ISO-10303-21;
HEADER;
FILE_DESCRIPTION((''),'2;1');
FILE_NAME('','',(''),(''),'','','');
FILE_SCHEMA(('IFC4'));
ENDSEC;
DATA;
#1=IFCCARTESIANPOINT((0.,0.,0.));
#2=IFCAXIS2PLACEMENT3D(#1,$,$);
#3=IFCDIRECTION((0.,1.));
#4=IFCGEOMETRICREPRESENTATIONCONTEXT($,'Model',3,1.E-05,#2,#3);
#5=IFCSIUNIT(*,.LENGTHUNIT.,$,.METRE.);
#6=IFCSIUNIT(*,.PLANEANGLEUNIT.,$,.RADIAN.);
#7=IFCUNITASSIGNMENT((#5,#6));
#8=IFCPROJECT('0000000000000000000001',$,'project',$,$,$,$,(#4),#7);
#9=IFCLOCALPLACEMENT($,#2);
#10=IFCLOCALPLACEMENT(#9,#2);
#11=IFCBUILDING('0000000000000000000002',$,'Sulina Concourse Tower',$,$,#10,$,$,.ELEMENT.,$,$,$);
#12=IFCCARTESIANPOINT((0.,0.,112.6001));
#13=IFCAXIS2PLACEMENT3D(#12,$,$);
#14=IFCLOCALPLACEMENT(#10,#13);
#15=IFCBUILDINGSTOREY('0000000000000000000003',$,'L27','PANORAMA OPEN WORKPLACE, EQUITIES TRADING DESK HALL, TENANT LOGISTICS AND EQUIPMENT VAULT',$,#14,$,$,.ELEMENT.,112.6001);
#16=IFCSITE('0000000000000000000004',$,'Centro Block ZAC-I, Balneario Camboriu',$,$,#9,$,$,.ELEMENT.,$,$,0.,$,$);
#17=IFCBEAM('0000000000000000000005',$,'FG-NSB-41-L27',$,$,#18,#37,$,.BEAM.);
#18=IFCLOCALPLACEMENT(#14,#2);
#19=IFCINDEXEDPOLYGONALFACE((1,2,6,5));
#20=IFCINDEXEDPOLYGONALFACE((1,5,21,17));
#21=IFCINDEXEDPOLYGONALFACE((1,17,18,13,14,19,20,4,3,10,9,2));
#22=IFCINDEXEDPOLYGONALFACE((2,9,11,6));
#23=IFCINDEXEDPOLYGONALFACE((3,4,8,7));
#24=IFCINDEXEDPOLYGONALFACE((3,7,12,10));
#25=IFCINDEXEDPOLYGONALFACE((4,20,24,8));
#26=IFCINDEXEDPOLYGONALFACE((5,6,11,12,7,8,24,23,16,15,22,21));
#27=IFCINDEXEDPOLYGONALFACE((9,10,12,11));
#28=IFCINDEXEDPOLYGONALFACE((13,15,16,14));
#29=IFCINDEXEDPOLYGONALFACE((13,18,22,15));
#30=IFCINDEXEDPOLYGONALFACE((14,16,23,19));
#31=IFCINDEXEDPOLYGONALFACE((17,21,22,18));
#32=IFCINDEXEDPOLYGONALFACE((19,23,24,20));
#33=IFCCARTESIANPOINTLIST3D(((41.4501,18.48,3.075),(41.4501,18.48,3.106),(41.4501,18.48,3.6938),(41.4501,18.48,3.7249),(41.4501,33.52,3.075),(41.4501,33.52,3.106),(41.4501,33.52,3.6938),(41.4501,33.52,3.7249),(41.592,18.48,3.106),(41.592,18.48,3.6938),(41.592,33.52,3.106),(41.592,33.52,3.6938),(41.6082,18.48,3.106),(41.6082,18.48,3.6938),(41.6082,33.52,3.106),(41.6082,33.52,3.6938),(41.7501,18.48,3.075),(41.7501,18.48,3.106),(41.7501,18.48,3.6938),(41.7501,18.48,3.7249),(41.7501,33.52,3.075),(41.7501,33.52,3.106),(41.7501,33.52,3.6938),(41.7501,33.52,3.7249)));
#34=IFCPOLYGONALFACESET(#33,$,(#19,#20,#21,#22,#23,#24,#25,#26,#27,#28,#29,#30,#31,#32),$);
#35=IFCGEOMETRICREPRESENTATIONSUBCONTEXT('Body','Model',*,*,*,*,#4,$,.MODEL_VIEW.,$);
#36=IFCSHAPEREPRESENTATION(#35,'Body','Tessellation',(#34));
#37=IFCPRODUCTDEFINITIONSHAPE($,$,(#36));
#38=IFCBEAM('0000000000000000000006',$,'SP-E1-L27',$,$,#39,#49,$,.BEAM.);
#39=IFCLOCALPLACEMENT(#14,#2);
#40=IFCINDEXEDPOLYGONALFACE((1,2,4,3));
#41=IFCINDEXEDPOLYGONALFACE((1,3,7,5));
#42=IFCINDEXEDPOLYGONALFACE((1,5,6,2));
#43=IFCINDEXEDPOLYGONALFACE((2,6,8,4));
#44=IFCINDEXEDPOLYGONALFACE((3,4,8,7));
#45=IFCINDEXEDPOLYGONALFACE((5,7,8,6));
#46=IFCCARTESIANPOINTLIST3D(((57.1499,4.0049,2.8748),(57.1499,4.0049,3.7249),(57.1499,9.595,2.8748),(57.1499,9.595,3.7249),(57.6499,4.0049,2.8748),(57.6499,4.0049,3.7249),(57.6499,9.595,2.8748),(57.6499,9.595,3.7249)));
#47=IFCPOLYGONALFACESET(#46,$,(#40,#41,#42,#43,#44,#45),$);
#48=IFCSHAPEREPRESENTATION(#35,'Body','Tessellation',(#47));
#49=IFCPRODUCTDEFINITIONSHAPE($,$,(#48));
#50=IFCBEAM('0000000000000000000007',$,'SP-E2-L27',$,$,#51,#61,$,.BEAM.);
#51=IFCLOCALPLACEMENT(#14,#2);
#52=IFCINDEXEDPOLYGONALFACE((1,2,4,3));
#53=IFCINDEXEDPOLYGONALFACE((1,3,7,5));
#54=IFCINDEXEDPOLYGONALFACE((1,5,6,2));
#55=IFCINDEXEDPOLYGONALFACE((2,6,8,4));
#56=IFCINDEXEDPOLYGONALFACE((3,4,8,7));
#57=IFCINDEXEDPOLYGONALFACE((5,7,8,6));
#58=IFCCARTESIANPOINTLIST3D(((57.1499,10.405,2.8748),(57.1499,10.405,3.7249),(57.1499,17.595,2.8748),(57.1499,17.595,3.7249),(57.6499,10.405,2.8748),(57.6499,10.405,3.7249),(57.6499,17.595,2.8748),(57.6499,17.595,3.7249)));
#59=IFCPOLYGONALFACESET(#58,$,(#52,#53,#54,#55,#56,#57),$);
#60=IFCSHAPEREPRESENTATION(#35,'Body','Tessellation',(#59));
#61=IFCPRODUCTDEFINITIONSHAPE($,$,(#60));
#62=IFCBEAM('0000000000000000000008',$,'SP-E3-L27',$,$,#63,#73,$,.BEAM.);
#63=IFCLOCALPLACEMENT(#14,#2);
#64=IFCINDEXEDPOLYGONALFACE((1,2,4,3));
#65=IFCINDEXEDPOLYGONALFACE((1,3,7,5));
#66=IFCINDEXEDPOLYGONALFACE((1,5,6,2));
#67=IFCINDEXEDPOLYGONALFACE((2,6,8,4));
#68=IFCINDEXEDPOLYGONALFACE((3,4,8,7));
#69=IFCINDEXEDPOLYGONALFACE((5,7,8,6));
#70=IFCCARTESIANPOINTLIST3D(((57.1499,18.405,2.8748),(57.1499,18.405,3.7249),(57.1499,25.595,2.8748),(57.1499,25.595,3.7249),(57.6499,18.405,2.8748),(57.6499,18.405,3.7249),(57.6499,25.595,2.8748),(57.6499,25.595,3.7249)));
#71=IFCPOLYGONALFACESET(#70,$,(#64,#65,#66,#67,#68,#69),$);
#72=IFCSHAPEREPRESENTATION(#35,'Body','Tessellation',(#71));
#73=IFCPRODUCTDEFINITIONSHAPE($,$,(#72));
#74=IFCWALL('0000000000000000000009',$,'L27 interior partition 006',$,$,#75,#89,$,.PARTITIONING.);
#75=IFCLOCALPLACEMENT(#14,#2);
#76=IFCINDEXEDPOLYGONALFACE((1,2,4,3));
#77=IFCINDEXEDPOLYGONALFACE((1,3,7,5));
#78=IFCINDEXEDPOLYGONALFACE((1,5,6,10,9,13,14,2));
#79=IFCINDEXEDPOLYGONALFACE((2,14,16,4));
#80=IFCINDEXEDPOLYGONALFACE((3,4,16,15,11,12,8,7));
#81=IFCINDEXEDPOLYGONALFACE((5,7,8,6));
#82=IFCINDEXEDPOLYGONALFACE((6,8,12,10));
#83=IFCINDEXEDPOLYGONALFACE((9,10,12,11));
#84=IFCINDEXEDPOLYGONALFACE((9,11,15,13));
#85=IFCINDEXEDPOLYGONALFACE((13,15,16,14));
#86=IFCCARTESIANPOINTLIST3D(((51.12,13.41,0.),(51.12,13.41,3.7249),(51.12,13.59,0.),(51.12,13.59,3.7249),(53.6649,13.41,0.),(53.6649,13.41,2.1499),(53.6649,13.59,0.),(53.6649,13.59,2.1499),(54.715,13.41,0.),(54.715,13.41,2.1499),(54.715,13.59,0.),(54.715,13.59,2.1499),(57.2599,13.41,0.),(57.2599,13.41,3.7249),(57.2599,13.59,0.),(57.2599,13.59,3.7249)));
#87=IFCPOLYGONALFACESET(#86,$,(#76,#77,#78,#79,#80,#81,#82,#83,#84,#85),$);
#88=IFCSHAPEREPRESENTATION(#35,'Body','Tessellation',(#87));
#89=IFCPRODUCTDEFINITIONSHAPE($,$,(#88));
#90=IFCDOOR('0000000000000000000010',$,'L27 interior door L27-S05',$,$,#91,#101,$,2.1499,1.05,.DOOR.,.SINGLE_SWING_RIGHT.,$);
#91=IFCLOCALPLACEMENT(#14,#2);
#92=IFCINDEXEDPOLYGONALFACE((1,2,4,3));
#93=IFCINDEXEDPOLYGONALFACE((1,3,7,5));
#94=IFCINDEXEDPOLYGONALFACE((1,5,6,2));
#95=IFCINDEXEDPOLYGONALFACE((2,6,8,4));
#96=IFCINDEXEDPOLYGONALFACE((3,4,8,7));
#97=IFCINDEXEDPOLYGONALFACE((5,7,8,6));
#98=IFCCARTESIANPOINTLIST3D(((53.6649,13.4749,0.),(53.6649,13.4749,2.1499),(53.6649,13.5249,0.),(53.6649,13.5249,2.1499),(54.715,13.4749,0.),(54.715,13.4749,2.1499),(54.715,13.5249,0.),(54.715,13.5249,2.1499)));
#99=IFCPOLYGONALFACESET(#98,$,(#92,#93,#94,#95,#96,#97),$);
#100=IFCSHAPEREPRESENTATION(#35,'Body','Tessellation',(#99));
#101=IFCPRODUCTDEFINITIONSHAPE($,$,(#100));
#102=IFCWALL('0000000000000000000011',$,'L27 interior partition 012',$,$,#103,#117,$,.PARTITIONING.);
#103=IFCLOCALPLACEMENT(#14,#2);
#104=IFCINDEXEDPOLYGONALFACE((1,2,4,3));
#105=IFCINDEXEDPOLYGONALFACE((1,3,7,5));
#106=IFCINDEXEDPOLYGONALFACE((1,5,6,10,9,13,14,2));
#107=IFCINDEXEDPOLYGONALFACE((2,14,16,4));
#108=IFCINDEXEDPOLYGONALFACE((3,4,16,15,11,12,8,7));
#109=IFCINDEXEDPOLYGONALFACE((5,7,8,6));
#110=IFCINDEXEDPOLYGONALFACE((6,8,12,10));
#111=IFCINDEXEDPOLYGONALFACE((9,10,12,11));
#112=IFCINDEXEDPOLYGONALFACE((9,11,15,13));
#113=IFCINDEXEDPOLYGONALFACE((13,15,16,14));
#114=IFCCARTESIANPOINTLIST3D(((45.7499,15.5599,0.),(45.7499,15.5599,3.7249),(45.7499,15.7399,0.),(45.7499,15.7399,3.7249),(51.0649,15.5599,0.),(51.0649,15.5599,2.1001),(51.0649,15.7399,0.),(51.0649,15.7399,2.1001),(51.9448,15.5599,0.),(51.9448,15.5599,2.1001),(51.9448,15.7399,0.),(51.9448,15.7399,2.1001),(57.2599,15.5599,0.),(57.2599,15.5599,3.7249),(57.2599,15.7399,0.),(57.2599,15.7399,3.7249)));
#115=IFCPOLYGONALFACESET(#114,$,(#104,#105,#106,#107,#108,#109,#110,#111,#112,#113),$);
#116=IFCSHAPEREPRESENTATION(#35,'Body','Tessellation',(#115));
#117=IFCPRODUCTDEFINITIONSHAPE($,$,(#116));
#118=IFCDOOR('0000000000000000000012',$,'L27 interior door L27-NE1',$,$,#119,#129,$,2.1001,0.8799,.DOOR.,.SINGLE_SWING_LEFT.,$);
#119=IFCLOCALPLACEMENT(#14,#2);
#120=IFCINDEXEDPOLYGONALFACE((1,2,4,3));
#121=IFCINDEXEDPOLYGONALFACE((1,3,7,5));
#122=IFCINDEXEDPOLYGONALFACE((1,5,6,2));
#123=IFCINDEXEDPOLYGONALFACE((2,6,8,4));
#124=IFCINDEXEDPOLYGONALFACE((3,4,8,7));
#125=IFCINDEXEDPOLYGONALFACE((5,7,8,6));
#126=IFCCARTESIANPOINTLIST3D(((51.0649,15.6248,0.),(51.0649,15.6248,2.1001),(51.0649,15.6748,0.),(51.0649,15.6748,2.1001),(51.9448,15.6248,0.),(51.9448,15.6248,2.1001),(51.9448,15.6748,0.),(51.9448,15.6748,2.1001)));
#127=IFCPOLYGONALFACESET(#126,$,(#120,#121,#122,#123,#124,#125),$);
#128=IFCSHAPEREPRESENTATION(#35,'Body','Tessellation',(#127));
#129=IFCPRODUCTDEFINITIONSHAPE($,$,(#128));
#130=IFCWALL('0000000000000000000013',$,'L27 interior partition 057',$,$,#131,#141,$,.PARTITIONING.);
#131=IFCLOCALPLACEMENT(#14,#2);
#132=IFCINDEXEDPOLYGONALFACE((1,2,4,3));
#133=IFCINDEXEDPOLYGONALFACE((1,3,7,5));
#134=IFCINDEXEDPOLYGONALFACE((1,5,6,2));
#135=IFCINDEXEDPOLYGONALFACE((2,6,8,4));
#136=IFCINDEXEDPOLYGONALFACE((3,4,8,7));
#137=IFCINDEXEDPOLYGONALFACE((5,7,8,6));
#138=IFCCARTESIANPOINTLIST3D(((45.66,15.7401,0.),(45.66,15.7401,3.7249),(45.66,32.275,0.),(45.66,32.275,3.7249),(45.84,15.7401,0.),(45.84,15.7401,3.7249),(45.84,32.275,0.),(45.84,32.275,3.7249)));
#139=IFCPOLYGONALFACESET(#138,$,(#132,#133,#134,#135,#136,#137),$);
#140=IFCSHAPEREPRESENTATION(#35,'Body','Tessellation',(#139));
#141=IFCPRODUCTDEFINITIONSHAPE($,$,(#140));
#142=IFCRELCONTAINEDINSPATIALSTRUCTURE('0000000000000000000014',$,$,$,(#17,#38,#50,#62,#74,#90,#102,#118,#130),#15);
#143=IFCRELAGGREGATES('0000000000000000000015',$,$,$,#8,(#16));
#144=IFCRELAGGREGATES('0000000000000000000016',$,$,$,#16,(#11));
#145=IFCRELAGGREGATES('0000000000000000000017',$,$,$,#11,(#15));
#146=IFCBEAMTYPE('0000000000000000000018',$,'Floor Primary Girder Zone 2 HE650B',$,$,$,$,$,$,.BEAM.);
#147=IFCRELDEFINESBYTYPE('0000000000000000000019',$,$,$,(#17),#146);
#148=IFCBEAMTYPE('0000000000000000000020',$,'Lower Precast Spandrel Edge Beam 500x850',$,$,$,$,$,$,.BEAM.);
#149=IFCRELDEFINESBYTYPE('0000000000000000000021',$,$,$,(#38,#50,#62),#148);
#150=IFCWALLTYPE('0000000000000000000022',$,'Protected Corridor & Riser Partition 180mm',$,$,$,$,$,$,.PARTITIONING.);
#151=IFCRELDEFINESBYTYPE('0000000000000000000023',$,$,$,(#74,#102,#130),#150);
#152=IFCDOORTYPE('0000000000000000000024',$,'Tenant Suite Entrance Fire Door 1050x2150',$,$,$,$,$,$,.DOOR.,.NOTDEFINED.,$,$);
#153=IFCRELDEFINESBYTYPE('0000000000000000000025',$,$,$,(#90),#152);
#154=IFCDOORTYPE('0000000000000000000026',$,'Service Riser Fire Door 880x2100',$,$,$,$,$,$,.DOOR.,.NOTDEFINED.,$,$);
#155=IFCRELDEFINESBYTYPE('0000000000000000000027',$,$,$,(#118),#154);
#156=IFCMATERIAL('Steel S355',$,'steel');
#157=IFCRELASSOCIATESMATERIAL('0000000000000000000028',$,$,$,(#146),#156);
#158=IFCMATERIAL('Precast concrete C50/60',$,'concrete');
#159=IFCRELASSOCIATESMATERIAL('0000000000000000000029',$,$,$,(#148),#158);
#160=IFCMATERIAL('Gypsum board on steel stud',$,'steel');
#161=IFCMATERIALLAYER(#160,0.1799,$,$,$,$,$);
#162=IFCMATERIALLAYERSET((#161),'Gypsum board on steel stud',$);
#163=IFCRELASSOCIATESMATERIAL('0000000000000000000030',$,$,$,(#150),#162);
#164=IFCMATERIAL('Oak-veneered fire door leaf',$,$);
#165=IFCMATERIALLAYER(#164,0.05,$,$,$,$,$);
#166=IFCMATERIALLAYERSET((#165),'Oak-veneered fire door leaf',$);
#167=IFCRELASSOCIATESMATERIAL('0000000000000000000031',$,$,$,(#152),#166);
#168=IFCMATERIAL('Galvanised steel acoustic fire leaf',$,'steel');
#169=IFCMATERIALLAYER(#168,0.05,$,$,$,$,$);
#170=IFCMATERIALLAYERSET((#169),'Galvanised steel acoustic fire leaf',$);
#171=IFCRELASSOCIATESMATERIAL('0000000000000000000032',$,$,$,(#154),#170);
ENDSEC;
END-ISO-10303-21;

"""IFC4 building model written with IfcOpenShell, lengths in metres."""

from ifc_helpers import new_model, si_unit, direction, frame, frame_2d, origin, origin_2d, place, context, subcontext, project, spatial, rectangle, i_section, extrude, material, layer, layer_set, material_profile, profile_set, type_object, element, fill, save


model = new_model("IFC4")

# Units and contexts
model_context = context("Model", 3, precision=1e-05, world=origin(), true_north=direction((0.0, 1.0)))
body_context = subcontext(model_context, "Body", "Model", "MODEL_VIEW")
ifc_project = project(units=[si_unit("LENGTHUNIT", "METRE"), si_unit("PLANEANGLEUNIT", "RADIAN")], contexts=[model_context])

# Site, building, storey
site_placement = place(None, origin())
site = spatial("IfcSite", under=ifc_project, at=site_placement, Name="Centro Block ZAC-I, Balneario Camboriu", CompositionType="ELEMENT", RefElevation=0.0)
building_placement = place(site_placement, origin())
building = spatial("IfcBuilding", under=site, at=building_placement, Name="Sulina Concourse Tower", CompositionType="ELEMENT")
storey_placement = place(building_placement, frame((0.0, 0.0, 112.6001)))
storey = spatial("IfcBuildingStorey", under=building, at=storey_placement, Name="L27", Description="PANORAMA OPEN WORKPLACE, EQUITIES TRADING DESK HALL, TENANT LOGISTICS AND EQUIPMENT VAULT", CompositionType="ELEMENT", Elevation=112.6001)

# Beams
ifc_material_1 = material(Name="Steel S355", Category="steel")
ifc_material_profile_1 = material_profile(ifc_material_1, i_section(OverallWidth=0.3, OverallDepth=0.6499, WebThickness=0.0161, FlangeThickness=0.031, at=origin_2d()), Name="HE 650 B")
ifc_profile_set_1 = profile_set([ifc_material_profile_1], Name="Steel S355")
beam_type_1 = type_object("IfcBeamType", Name="Floor Primary Girder Zone 2 HE650B", PredefinedType="BEAM", material=ifc_profile_set_1)
beam_1_placement = place(storey_placement, frame((41.6001, 18.48, 3.3999), z_axis=(0.0, 1.0, 0.0), x_axis=(-1.0, 0.0, 0.0)))
element("IfcBeam", 1, at=beam_1_placement, inside=storey, type_object=beam_type_1, Name="FG-NSB-41-L27", PredefinedType="BEAM", context=body_context, shape_type="SweptSolid", body=[
    extrude(i_section(OverallWidth=0.3, OverallDepth=0.6499, WebThickness=0.0161, FlangeThickness=0.031, at=origin_2d()), origin(), (0.0, 0.0, 1.0), 15.04),
])
ifc_material_2 = material(Name="Precast concrete C50/60", Category="concrete")
ifc_material_profile_2 = material_profile(ifc_material_2, rectangle(XDim=0.5, YDim=0.8501, at=origin_2d()), Name="RC 500x850")
ifc_profile_set_2 = profile_set([ifc_material_profile_2], Name="Precast concrete C50/60")
beam_type_2 = type_object("IfcBeamType", Name="Lower Precast Spandrel Edge Beam 500x850", PredefinedType="BEAM", material=ifc_profile_set_2)
beam_2_placement = place(storey_placement, frame((57.3999, 4.0049, 3.2998), z_axis=(0.0, 1.0, 0.0), x_axis=(-1.0, 0.0, 0.0)))
element("IfcBeam", 2, at=beam_2_placement, inside=storey, type_object=beam_type_2, Name="SP-E1-L27", PredefinedType="BEAM", context=body_context, shape_type="SweptSolid", body=[
    extrude(rectangle(XDim=0.5, YDim=0.8501, at=origin_2d()), origin(), (0.0, 0.0, 1.0), 5.5901),
])
for number, where, z_axis, x_axis, name in (
    (3, (57.3999, 10.405, 3.2998), (0.0, 1.0, 0.0), (-1.0, 0.0, 0.0), "SP-E2-L27"),
    (4, (57.3999, 18.405, 3.2998), (0.0, 1.0, 0.0), (-1.0, 0.0, 0.0), "SP-E3-L27"),
):
    element("IfcBeam", number, at=place(storey_placement, frame(where, z_axis=z_axis, x_axis=x_axis)), inside=storey, type_object=beam_type_2, Name=name, PredefinedType="BEAM", context=body_context, shape_type="SweptSolid", body=[
        extrude(rectangle(XDim=0.5, YDim=0.8501, at=origin_2d()), origin(), (0.0, 0.0, 1.0), 7.1899),
    ])

# Walls, openings, doors
ifc_material_3 = material(Name="Gypsum board on steel stud", Category="steel")
ifc_layer_1 = layer(ifc_material_3, 0.1799)
ifc_layer_set_1 = layer_set([ifc_layer_1], Name="Gypsum board on steel stud")
wall_type_1 = type_object("IfcWallType", Name="Protected Corridor & Riser Partition 180mm", PredefinedType="PARTITIONING", material=ifc_layer_set_1)
wall_1_placement = place(storey_placement, frame((51.1201, 13.5, 0.0), z_axis=(0.0, 0.0, 1.0), x_axis=(1.0, 0.0, 0.0)))
wall_1 = element("IfcWall", 5, at=wall_1_placement, inside=storey, type_object=wall_type_1, Name="L27 interior partition 006", PredefinedType="PARTITIONING", context=body_context, shape_type="SweptSolid", body=[
    extrude(rectangle(XDim=6.1399, YDim=0.1799, at=frame_2d((3.0698, 0.0))), origin(), (0.0, 0.0, 1.0), 3.7249),
])
opening_1_placement = place(wall_1_placement, frame((2.5449, 0.0, 0.0)))
opening_1 = element("IfcOpeningElement", 6, at=opening_1_placement, cuts=wall_1, PredefinedType="OPENING", context=body_context, shape_type="SweptSolid", body=[
    extrude(rectangle(XDim=1.05, YDim=2.1499, at=frame_2d((0.5249, 1.075))), frame((0.0, 0.0999, 0.0), z_axis=(0.0, -1.0, 0.0), x_axis=(1.0, 0.0, 0.0)), (0.0, 0.0, 1.0), 0.2),
])
ifc_material_4 = material(Name="Oak-veneered fire door leaf")
ifc_layer_2 = layer(ifc_material_4, 0.05)
ifc_layer_set_2 = layer_set([ifc_layer_2], Name="Oak-veneered fire door leaf")
door_type_1 = type_object("IfcDoorType", Name="Tenant Suite Entrance Fire Door 1050x2150", OperationType="NOTDEFINED", PredefinedType="DOOR", material=ifc_layer_set_2)
door_1_placement = place(opening_1_placement, origin())
door_1 = element("IfcDoor", 7, at=door_1_placement, inside=storey, type_object=door_type_1, Name="L27 interior door L27-S05", OperationType="SINGLE_SWING_RIGHT", OverallHeight=2.1499, OverallWidth=1.05, PredefinedType="DOOR", context=body_context, shape_type="SweptSolid", body=[
    extrude(rectangle(XDim=1.05, YDim=2.1499, at=frame_2d((0.5249, 1.075))), frame((0.0, 0.0249, 0.0), z_axis=(0.0, -1.0, 0.0), x_axis=(1.0, 0.0, 0.0)), (0.0, 0.0, 1.0), 0.05),
])
fill(opening_1, door_1)
wall_2_placement = place(storey_placement, frame((45.75, 15.6499, 0.0), z_axis=(0.0, 0.0, 1.0), x_axis=(1.0, 0.0, 0.0)))
wall_2 = element("IfcWall", 8, at=wall_2_placement, inside=storey, type_object=wall_type_1, Name="L27 interior partition 012", PredefinedType="PARTITIONING", context=body_context, shape_type="SweptSolid", body=[
    extrude(rectangle(XDim=11.51, YDim=0.1799, at=frame_2d((5.7549, 0.0))), origin(), (0.0, 0.0, 1.0), 3.7249),
])
opening_2_placement = place(wall_2_placement, frame((5.3149, 0.0, 0.0)))
opening_2 = element("IfcOpeningElement", 9, at=opening_2_placement, cuts=wall_2, PredefinedType="OPENING", context=body_context, shape_type="SweptSolid", body=[
    extrude(rectangle(XDim=0.8799, YDim=2.1001, at=frame_2d((0.4399, 1.05))), frame((0.0, 0.0999, 0.0), z_axis=(0.0, -1.0, 0.0), x_axis=(1.0, 0.0, 0.0)), (0.0, 0.0, 1.0), 0.2),
])
ifc_material_5 = material(Name="Galvanised steel acoustic fire leaf", Category="steel")
ifc_layer_3 = layer(ifc_material_5, 0.05)
ifc_layer_set_3 = layer_set([ifc_layer_3], Name="Galvanised steel acoustic fire leaf")
door_type_2 = type_object("IfcDoorType", Name="Service Riser Fire Door 880x2100", OperationType="NOTDEFINED", PredefinedType="DOOR", material=ifc_layer_set_3)
door_2_placement = place(opening_2_placement, origin())
door_2 = element("IfcDoor", 10, at=door_2_placement, inside=storey, type_object=door_type_2, Name="L27 interior door L27-NE1", OperationType="SINGLE_SWING_LEFT", OverallHeight=2.1001, OverallWidth=0.8799, PredefinedType="DOOR", context=body_context, shape_type="SweptSolid", body=[
    extrude(rectangle(XDim=0.8799, YDim=2.1001, at=frame_2d((0.4399, 1.05))), frame((0.0, 0.0249, 0.0), z_axis=(0.0, -1.0, 0.0), x_axis=(1.0, 0.0, 0.0)), (0.0, 0.0, 1.0), 0.05),
])
fill(opening_2, door_2)

# Wall
wall_3_placement = place(storey_placement, frame((45.75, 15.74, 0.0), z_axis=(0.0, 0.0, 1.0), x_axis=(0.0, 1.0, 0.0)))
element("IfcWall", 11, at=wall_3_placement, inside=storey, type_object=wall_type_1, Name="L27 interior partition 057", PredefinedType="PARTITIONING", context=body_context, shape_type="SweptSolid", body=[
    extrude(rectangle(XDim=16.5349, YDim=0.1799, at=frame_2d((8.2676, 0.0))), origin(), (0.0, 0.0, 1.0), 3.7249),
])

save(model, "model.ifc")
